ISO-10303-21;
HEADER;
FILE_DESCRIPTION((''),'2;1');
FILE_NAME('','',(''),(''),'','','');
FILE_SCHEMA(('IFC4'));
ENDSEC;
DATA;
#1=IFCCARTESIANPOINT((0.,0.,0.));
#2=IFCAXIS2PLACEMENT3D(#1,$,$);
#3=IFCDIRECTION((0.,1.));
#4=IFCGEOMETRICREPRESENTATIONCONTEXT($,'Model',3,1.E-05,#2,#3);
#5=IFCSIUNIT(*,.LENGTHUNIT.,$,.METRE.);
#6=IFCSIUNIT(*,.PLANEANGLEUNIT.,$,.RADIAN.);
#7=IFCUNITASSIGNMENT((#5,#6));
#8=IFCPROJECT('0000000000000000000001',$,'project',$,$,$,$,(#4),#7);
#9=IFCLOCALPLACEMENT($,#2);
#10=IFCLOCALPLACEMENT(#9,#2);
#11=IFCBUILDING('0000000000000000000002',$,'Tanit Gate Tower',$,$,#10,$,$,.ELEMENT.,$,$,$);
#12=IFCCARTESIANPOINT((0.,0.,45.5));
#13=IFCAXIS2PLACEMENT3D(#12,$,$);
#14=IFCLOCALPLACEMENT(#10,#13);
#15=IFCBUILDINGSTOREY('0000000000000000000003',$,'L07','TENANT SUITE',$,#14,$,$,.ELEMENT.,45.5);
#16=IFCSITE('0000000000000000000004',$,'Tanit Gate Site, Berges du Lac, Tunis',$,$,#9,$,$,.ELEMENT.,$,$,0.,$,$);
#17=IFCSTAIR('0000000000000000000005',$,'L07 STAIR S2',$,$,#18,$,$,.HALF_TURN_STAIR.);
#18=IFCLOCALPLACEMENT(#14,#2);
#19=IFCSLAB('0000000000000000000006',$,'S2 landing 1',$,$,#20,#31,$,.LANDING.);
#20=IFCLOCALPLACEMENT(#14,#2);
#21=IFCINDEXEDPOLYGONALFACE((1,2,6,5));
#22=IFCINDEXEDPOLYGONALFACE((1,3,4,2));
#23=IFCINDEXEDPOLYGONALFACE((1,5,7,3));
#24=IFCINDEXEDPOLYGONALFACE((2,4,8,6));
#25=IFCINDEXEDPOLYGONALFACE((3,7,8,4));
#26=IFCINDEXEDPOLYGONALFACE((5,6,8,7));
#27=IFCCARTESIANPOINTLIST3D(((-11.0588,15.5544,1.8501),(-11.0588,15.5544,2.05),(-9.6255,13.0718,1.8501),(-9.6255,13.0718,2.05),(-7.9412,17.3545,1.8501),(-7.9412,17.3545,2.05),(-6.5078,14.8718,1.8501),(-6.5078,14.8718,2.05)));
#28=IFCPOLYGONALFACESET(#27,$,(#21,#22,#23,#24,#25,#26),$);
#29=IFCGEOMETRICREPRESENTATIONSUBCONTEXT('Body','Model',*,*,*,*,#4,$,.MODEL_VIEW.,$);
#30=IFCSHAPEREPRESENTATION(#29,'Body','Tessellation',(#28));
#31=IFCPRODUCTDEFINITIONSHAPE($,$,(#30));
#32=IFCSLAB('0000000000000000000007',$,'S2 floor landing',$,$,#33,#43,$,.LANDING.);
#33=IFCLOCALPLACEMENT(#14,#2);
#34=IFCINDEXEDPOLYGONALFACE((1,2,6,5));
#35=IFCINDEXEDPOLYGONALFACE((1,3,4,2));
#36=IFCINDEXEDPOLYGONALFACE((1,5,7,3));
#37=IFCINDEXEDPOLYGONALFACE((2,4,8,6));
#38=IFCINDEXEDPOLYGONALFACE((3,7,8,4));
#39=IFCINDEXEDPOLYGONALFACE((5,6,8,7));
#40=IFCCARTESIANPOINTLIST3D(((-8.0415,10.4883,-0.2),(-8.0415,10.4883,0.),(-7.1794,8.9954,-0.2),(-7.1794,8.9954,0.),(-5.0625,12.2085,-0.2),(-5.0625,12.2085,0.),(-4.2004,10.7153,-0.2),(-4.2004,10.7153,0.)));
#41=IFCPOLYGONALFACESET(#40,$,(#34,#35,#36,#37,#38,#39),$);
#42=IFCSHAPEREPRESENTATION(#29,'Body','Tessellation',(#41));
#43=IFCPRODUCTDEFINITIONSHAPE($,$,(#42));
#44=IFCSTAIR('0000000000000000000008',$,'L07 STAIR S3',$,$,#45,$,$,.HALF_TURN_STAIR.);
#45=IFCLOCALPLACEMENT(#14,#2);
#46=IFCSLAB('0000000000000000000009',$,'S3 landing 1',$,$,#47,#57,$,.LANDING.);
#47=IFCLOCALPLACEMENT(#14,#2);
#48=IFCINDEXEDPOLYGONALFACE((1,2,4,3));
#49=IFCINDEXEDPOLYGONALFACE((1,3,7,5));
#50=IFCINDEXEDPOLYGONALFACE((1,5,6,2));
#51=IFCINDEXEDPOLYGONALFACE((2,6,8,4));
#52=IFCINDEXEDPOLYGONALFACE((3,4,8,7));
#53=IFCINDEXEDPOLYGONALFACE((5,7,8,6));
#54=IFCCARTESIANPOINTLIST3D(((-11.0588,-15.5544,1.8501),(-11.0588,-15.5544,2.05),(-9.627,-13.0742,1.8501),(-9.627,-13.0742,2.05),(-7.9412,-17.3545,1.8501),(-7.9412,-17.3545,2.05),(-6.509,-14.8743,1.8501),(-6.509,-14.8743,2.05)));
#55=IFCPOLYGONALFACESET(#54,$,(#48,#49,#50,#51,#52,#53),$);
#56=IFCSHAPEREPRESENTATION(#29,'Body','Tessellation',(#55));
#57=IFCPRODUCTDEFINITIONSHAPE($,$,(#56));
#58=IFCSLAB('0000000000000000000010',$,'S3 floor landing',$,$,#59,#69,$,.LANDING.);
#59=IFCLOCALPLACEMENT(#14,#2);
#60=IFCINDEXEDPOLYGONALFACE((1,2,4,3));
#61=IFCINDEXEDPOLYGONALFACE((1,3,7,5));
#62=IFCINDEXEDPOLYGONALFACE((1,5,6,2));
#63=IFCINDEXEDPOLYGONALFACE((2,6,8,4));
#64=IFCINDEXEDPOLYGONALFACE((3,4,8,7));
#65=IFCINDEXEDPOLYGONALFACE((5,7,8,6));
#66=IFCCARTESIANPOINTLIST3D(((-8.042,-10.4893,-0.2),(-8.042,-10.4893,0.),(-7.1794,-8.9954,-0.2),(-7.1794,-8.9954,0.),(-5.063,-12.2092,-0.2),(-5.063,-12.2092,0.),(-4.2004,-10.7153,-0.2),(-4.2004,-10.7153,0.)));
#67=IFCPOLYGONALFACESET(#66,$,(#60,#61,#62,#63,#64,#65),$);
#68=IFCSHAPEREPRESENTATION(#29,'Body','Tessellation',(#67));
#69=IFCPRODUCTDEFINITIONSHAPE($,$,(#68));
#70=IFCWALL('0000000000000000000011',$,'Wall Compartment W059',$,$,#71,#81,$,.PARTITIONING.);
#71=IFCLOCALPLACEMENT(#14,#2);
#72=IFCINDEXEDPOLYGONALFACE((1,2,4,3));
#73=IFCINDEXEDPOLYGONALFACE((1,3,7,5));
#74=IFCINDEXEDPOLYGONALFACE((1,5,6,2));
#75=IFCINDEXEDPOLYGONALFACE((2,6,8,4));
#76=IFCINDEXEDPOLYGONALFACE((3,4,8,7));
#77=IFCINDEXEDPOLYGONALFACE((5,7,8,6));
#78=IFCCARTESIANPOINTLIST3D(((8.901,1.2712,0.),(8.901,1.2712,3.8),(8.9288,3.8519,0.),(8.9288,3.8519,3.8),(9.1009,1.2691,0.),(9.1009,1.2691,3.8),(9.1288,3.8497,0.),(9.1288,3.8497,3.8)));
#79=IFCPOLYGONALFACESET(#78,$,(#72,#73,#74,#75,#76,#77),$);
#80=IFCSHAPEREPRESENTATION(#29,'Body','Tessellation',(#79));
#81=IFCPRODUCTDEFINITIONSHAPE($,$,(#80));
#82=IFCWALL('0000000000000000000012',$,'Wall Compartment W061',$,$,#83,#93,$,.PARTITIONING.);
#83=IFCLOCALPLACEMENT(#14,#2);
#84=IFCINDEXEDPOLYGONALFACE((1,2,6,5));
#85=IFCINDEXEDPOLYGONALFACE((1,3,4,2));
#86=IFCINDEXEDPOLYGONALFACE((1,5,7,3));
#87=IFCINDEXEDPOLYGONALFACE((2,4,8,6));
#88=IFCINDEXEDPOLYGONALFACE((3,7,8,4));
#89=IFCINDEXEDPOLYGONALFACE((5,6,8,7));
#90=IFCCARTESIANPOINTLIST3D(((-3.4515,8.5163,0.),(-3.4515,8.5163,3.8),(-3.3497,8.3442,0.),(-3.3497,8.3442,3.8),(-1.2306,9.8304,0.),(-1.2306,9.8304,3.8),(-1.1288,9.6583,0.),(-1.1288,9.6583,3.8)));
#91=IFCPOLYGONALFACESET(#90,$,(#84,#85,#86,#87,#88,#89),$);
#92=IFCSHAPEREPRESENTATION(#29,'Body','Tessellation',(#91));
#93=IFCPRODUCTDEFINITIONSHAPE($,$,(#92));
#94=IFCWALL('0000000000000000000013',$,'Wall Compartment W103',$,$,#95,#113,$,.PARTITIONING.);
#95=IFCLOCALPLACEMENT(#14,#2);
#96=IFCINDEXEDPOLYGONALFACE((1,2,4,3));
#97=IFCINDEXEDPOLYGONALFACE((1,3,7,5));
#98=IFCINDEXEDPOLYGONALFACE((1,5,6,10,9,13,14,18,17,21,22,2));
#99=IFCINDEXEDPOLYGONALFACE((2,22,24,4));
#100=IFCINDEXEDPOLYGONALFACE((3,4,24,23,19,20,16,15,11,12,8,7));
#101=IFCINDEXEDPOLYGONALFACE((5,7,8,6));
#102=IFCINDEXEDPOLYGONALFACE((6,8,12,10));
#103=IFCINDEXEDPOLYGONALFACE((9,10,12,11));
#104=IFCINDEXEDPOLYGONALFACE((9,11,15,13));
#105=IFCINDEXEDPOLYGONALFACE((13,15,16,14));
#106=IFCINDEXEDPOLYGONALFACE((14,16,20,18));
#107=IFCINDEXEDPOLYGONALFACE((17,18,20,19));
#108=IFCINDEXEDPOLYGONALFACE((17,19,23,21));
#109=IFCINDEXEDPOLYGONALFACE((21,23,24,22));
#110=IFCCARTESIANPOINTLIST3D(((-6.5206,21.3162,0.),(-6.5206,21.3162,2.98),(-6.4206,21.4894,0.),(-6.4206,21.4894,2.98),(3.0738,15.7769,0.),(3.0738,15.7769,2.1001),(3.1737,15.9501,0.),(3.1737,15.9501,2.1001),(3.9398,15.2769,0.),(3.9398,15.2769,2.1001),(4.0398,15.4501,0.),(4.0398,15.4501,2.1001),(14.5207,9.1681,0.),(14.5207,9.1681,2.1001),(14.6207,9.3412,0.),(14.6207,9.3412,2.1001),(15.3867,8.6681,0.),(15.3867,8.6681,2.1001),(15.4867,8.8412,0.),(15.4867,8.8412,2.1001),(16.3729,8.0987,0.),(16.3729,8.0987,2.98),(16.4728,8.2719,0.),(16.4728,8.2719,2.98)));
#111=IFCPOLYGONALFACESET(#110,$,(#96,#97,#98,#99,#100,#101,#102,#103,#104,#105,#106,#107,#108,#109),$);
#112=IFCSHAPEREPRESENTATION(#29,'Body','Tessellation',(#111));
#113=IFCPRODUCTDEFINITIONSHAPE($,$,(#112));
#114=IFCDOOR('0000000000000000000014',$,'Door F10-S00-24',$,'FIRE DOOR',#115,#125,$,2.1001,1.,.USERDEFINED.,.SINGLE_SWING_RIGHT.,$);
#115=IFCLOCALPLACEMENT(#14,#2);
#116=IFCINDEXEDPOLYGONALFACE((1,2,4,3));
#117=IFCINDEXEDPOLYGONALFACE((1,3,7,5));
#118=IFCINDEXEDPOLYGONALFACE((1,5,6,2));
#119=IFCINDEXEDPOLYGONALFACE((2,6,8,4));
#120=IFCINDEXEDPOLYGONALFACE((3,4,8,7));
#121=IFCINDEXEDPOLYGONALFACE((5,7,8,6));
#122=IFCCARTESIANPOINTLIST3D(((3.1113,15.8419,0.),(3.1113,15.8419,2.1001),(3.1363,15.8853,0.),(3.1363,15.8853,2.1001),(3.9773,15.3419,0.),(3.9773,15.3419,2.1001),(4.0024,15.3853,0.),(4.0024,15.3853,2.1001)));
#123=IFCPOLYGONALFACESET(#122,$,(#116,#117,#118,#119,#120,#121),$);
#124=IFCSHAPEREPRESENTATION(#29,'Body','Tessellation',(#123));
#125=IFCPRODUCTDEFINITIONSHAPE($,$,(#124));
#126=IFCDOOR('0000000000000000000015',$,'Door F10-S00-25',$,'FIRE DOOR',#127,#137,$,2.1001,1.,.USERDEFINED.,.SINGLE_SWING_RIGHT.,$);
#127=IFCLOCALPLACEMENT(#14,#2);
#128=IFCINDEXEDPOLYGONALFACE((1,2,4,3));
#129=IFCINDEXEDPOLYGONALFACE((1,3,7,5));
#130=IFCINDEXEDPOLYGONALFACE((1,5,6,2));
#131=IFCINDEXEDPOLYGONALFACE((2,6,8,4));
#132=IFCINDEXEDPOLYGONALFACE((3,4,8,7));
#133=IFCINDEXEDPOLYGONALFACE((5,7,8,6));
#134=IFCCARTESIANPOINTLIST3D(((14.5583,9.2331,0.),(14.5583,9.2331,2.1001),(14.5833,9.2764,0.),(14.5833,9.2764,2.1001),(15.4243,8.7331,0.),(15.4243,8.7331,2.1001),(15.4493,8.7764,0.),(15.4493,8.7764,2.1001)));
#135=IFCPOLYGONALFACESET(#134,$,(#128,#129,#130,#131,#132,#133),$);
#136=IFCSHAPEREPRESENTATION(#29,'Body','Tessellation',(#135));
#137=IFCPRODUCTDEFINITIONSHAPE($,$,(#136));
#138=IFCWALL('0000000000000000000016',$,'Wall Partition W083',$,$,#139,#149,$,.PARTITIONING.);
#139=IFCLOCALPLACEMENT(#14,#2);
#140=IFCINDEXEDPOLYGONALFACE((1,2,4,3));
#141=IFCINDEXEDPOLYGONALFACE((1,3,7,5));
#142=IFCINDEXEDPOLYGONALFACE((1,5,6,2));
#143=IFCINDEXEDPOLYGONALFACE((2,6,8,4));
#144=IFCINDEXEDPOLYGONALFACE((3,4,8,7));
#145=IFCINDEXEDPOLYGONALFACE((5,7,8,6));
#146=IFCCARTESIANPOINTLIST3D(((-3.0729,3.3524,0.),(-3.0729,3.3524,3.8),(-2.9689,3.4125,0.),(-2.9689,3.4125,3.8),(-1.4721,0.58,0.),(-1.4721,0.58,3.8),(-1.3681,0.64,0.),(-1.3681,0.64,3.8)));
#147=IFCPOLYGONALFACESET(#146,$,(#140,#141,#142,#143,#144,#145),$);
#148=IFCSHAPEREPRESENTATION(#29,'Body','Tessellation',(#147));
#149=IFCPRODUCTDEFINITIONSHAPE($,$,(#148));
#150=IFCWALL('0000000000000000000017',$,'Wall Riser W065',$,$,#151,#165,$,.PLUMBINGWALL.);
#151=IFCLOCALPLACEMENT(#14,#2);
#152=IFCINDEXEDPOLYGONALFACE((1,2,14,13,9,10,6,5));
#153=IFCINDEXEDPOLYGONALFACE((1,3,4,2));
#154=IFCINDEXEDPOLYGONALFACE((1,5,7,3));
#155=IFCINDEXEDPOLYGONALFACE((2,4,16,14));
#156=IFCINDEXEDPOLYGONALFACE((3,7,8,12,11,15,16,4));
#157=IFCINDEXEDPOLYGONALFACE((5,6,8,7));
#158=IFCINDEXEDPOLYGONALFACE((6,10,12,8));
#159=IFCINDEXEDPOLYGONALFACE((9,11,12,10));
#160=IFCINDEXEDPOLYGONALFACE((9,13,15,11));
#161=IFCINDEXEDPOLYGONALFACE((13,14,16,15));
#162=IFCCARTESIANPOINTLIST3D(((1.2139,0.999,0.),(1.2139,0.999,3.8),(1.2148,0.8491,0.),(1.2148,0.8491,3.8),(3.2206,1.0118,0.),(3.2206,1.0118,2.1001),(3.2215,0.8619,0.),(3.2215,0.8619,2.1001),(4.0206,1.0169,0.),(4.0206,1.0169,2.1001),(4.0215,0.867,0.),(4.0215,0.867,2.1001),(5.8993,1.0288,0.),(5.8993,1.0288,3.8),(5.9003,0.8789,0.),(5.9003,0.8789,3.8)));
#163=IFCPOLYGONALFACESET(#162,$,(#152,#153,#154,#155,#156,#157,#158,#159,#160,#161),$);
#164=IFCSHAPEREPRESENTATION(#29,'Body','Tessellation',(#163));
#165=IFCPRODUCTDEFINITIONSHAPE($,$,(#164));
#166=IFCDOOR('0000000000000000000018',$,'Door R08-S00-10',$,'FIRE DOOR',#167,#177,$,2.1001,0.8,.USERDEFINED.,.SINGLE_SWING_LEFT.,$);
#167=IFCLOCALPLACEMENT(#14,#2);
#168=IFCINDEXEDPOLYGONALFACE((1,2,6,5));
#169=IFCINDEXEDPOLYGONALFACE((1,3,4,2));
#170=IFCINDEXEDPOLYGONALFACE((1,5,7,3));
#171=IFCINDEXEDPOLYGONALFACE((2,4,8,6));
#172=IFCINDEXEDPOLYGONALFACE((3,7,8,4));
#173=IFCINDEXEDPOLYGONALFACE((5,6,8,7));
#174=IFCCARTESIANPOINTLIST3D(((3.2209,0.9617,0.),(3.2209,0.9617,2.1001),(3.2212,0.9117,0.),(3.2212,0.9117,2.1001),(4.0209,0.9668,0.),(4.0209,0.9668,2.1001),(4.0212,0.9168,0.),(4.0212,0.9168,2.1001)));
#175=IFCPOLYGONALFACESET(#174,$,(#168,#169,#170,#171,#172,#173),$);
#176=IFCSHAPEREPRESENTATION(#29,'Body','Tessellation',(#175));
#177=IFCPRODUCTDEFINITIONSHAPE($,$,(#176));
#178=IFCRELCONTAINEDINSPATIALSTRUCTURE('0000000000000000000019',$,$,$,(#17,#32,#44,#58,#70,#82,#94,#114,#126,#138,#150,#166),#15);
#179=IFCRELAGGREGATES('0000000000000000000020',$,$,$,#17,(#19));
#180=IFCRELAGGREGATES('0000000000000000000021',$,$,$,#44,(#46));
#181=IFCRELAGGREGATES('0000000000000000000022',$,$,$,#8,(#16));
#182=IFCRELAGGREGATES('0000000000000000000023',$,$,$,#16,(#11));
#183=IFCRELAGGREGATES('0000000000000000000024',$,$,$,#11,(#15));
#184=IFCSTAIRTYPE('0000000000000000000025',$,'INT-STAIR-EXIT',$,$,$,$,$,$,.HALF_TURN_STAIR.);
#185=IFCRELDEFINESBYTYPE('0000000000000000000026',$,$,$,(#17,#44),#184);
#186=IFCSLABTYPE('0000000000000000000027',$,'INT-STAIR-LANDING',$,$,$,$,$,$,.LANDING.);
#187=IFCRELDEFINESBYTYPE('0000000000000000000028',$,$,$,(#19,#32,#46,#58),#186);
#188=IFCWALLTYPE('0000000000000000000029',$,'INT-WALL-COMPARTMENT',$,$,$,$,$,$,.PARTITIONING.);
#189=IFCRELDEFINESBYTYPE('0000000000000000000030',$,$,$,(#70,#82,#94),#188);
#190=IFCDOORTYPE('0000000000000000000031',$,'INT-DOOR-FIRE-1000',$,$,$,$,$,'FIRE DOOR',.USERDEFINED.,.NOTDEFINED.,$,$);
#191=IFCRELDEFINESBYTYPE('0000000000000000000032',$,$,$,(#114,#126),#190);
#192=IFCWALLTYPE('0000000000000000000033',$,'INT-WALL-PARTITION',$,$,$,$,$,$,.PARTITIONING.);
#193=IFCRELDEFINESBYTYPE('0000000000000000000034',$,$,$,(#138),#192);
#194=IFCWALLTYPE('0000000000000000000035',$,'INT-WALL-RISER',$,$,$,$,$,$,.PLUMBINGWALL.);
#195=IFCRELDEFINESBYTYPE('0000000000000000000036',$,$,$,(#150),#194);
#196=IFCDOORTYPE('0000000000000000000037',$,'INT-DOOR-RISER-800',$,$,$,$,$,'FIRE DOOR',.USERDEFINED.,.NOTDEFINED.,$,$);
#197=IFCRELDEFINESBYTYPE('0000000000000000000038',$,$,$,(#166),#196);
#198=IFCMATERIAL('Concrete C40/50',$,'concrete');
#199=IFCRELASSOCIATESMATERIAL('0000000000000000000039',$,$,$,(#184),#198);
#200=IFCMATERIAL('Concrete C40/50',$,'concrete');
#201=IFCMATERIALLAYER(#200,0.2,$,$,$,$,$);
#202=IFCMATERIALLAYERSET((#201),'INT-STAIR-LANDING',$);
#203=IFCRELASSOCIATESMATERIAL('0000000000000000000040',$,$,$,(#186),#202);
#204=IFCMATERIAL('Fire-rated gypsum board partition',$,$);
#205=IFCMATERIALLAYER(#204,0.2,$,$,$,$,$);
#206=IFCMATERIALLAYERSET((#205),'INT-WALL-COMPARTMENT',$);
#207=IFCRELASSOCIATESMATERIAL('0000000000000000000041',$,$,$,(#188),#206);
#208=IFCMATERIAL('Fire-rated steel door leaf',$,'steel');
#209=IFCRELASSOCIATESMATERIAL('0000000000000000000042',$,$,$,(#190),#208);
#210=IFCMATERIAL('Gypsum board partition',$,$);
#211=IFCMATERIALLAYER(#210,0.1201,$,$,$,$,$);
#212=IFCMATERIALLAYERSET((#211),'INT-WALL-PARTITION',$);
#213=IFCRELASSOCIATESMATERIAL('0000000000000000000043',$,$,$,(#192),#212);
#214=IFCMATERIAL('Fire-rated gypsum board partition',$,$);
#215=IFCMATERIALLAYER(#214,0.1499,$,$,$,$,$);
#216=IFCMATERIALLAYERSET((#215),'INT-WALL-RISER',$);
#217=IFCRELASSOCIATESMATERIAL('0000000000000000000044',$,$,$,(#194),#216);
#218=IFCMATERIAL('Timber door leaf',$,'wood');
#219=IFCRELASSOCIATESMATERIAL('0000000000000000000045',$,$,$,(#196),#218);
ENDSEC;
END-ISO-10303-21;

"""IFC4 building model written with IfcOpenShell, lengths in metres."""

from ifc_helpers import new_model, si_unit, direction, frame, frame_2d, origin, place, context, subcontext, project, spatial, polyline, rectangle, outline, extrude, material, layer, layer_set, type_object, element, fill, aggregate, save


model = new_model("IFC4")

# Units and contexts
model_context = context("Model", 3, precision=1e-05, world=origin(), true_north=direction((0.0, 1.0)))
body_context = subcontext(model_context, "Body", "Model", "MODEL_VIEW")
ifc_project = project(units=[si_unit("LENGTHUNIT", "METRE"), si_unit("PLANEANGLEUNIT", "RADIAN")], contexts=[model_context])

# Site, building, storey
site_placement = place(None, origin())
site = spatial("IfcSite", under=ifc_project, at=site_placement, Name="Tanit Gate Site, Berges du Lac, Tunis", CompositionType="ELEMENT", RefElevation=0.0)
building_placement = place(site_placement, origin())
building = spatial("IfcBuilding", under=site, at=building_placement, Name="Tanit Gate Tower", CompositionType="ELEMENT")
storey_placement = place(building_placement, frame((0.0, 0.0, 45.5)))
storey = spatial("IfcBuildingStorey", under=building, at=storey_placement, Name="L07", Description="TENANT SUITE", CompositionType="ELEMENT", Elevation=45.5)

# Stair, slab
ifc_material_1 = material(Name="Concrete C40/50", Category="concrete")
stair_type = type_object("IfcStairType", Name="INT-STAIR-EXIT", PredefinedType="HALF_TURN_STAIR", material=ifc_material_1)
stair_1_placement = place(storey_placement, origin())
stair_1 = element("IfcStair", 1, at=stair_1_placement, inside=storey, type_object=stair_type, Name="L07 STAIR S2", PredefinedType="HALF_TURN_STAIR")
ifc_material_2 = material(Name="Concrete C40/50", Category="concrete")
ifc_layer_1 = layer(ifc_material_2, 0.2)
ifc_layer_set_1 = layer_set([ifc_layer_1], Name="INT-STAIR-LANDING")
slab_type = type_object("IfcSlabType", Name="INT-STAIR-LANDING", PredefinedType="LANDING", material=ifc_layer_set_1)
slab_1_placement = place(storey_placement, frame((0.0, 0.0, 1.8501)))
slab_1 = element("IfcSlab", 2, at=slab_1_placement, type_object=slab_type, Name="S2 landing 1", PredefinedType="LANDING", context=body_context, shape_type="SweptSolid", body=[
    extrude(outline(polyline([(-6.5078, 14.8718), (-7.9412, 17.3545), (-11.0588, 15.5544), (-9.6255, 13.0718), (-6.5078, 14.8718)])), origin(), (0.0, 0.0, 1.0), 0.2),
])
aggregate(stair_1, [slab_1])

# Slab
slab_2_placement = place(storey_placement, frame((0.0, 0.0, -0.2)))
element("IfcSlab", 3, at=slab_2_placement, inside=storey, type_object=slab_type, Name="S2 floor landing", PredefinedType="LANDING", context=body_context, shape_type="SweptSolid", body=[
    extrude(outline(polyline([(-4.2004, 10.7153), (-5.0625, 12.2085), (-8.0415, 10.4883), (-7.1794, 8.9954), (-4.2004, 10.7153)])), origin(), (0.0, 0.0, 1.0), 0.2),
])

# Stair, slab
stair_2_placement = place(storey_placement, origin())
stair_2 = element("IfcStair", 4, at=stair_2_placement, inside=storey, type_object=stair_type, Name="L07 STAIR S3", PredefinedType="HALF_TURN_STAIR")
slab_3_placement = place(storey_placement, frame((0.0, 0.0, 1.8501)))
slab_3 = element("IfcSlab", 5, at=slab_3_placement, type_object=slab_type, Name="S3 landing 1", PredefinedType="LANDING", context=body_context, shape_type="SweptSolid", body=[
    extrude(outline(polyline([(-9.627, -13.0742), (-11.0588, -15.5544), (-7.9412, -17.3545), (-6.509, -14.8743), (-9.627, -13.0742)])), origin(), (0.0, 0.0, 1.0), 0.2),
])
aggregate(stair_2, [slab_3])

# Slab
slab_4_placement = place(storey_placement, frame((0.0, 0.0, -0.2)))
element("IfcSlab", 6, at=slab_4_placement, inside=storey, type_object=slab_type, Name="S3 floor landing", PredefinedType="LANDING", context=body_context, shape_type="SweptSolid", body=[
    extrude(outline(polyline([(-7.1794, -8.9954), (-8.042, -10.4893), (-5.063, -12.2092), (-4.2004, -10.7153), (-7.1794, -8.9954)])), origin(), (0.0, 0.0, 1.0), 0.2),
])

# Walls
ifc_material_3 = material(Name="Fire-rated gypsum board partition")
ifc_layer_2 = layer(ifc_material_3, 0.2)
ifc_layer_set_2 = layer_set([ifc_layer_2], Name="INT-WALL-COMPARTMENT")
wall_type_1 = type_object("IfcWallType", Name="INT-WALL-COMPARTMENT", PredefinedType="PARTITIONING", material=ifc_layer_set_2)
wall_1_placement = place(storey_placement, frame((9.001, 1.27, 0.0), z_axis=(0.0, 0.0, 1.0), x_axis=(0.010785, 0.999942, 0.0)))
element("IfcWall", 7, at=wall_1_placement, inside=storey, type_object=wall_type_1, Name="Wall Compartment W059", PredefinedType="PARTITIONING", context=body_context, shape_type="SweptSolid", body=[
    extrude(rectangle(XDim=2.5808, YDim=0.2, at=frame_2d((1.2905, 0.0))), origin(), (0.0, 0.0, 1.0), 3.8),
])
wall_2_placement = place(storey_placement, frame((-1.1797, 9.7444, 0.0), z_axis=(0.0, 0.0, 1.0), x_axis=(-0.860616, -0.509255, 0.0)))
element("IfcWall", 8, at=wall_2_placement, inside=storey, type_object=wall_type_1, Name="Wall Compartment W061", PredefinedType="PARTITIONING", context=body_context, shape_type="SweptSolid", body=[
    extrude(rectangle(XDim=2.5806, YDim=0.2, at=frame_2d((1.2903, 0.0))), origin(), (0.0, 0.0, 1.0), 3.8),
])

# Wall, openings, doors
wall_3_placement = place(storey_placement, frame((16.4229, 8.1853, 0.0), z_axis=(0.0, 0.0, 1.0), x_axis=(-0.866027, 0.499998, 0.0)))
wall_3 = element("IfcWall", 9, at=wall_3_placement, inside=storey, type_object=wall_type_1, Name="Wall Compartment W103", PredefinedType="PARTITIONING", context=body_context, shape_type="SweptSolid", body=[
    extrude(rectangle(XDim=26.4351, YDim=0.2, at=frame_2d((13.2175, 0.0))), origin(), (0.0, 0.0, 1.0), 2.98),
])
opening_1_placement = place(wall_3_placement, frame((14.3564, 0.0, 0.0)))
opening_1 = element("IfcOpeningElement", 10, at=opening_1_placement, cuts=wall_3, PredefinedType="OPENING", context=body_context, shape_type="SweptSolid", body=[
    extrude(rectangle(XDim=1.0, YDim=2.1001, at=frame_2d((0.5, 1.05))), frame((0.0, 0.1099, 0.0), z_axis=(0.0, -1.0, 0.0), x_axis=(1.0, 0.0, 0.0)), (0.0, 0.0, 1.0), 0.22),
])
opening_2_placement = place(wall_3_placement, frame((1.1387, 0.0, 0.0)))
opening_2 = element("IfcOpeningElement", 11, at=opening_2_placement, cuts=wall_3, PredefinedType="OPENING", context=body_context, shape_type="SweptSolid", body=[
    extrude(rectangle(XDim=1.0, YDim=2.1001, at=frame_2d((0.5, 1.05))), frame((0.0, 0.1099, 0.0), z_axis=(0.0, -1.0, 0.0), x_axis=(1.0, 0.0, 0.0)), (0.0, 0.0, 1.0), 0.22),
])
ifc_material_4 = material(Name="Fire-rated steel door leaf", Category="steel")
door_type_1 = type_object("IfcDoorType", Name="INT-DOOR-FIRE-1000", ElementType="FIRE DOOR", OperationType="NOTDEFINED", PredefinedType="USERDEFINED", material=ifc_material_4)
door_1_placement = place(opening_1_placement, origin())
door_1 = element("IfcDoor", 12, at=door_1_placement, inside=storey, type_object=door_type_1, Name="Door F10-S00-24", ObjectType="FIRE DOOR", OperationType="SINGLE_SWING_RIGHT", OverallHeight=2.1001, OverallWidth=1.0, PredefinedType="USERDEFINED", context=body_context, shape_type="SweptSolid", body=[
    extrude(rectangle(XDim=1.0, YDim=2.1001, at=frame_2d((0.5, 1.05))), frame((0.0, 0.0249, 0.0), z_axis=(0.0, -1.0, 0.0), x_axis=(1.0, 0.0, 0.0)), (0.0, 0.0, 1.0), 0.05),
])
fill(opening_1, door_1)
door_2_placement = place(opening_2_placement, origin())
door_2 = element("IfcDoor", 13, at=door_2_placement, inside=storey, type_object=door_type_1, Name="Door F10-S00-25", ObjectType="FIRE DOOR", OperationType="SINGLE_SWING_RIGHT", OverallHeight=2.1001, OverallWidth=1.0, PredefinedType="USERDEFINED", context=body_context, shape_type="SweptSolid", body=[
    extrude(rectangle(XDim=1.0, YDim=2.1001, at=frame_2d((0.5, 1.05))), frame((0.0, 0.0249, 0.0), z_axis=(0.0, -1.0, 0.0), x_axis=(1.0, 0.0, 0.0)), (0.0, 0.0, 1.0), 0.05),
])
fill(opening_2, door_2)

# Wall
ifc_material_5 = material(Name="Gypsum board partition")
ifc_layer_3 = layer(ifc_material_5, 0.1201)
ifc_layer_set_3 = layer_set([ifc_layer_3], Name="INT-WALL-PARTITION")
wall_type_2 = type_object("IfcWallType", Name="INT-WALL-PARTITION", PredefinedType="PARTITIONING", material=ifc_layer_set_3)
wall_4_placement = place(storey_placement, frame((-1.4202, 0.6101, 0.0), z_axis=(0.0, 0.0, 1.0), x_axis=(-0.500035, 0.866005, 0.0)))
element("IfcWall", 14, at=wall_4_placement, inside=storey, type_object=wall_type_2, Name="Wall Partition W083", PredefinedType="PARTITIONING", context=body_context, shape_type="SweptSolid", body=[
    extrude(rectangle(XDim=3.2014, YDim=0.1201, at=frame_2d((1.6006, 0.0))), origin(), (0.0, 0.0, 1.0), 3.8),
])

# Wall, opening, door
ifc_material_6 = material(Name="Fire-rated gypsum board partition")
ifc_layer_4 = layer(ifc_material_6, 0.1499)
ifc_layer_set_4 = layer_set([ifc_layer_4], Name="INT-WALL-RISER")
wall_type_3 = type_object("IfcWallType", Name="INT-WALL-RISER", PredefinedType="PLUMBINGWALL", material=ifc_layer_set_4)
wall_5_placement = place(storey_placement, frame((1.2144, 0.9241, 0.0), z_axis=(0.0, 0.0, 1.0), x_axis=(0.99998, 0.006357, 0.0)))
wall_5 = element("IfcWall", 15, at=wall_5_placement, inside=storey, type_object=wall_type_3, Name="Wall Riser W065", PredefinedType="PLUMBINGWALL", context=body_context, shape_type="SweptSolid", body=[
    extrude(rectangle(XDim=4.6855, YDim=0.1499, at=frame_2d((2.3428, 0.0))), origin(), (0.0, 0.0, 1.0), 3.8),
])
opening_3_placement = place(wall_5_placement, frame((2.0068, 0.0, 0.0)))
opening_3 = element("IfcOpeningElement", 16, at=opening_3_placement, cuts=wall_5, PredefinedType="OPENING", context=body_context, shape_type="SweptSolid", body=[
    extrude(rectangle(XDim=0.8, YDim=2.1001, at=frame_2d((0.3999, 1.05))), frame((0.0, 0.085, 0.0), z_axis=(0.0, -1.0, 0.0), x_axis=(1.0, 0.0, 0.0)), (0.0, 0.0, 1.0), 0.1699),
])
ifc_material_7 = material(Name="Timber door leaf", Category="wood")
door_type_2 = type_object("IfcDoorType", Name="INT-DOOR-RISER-800", ElementType="FIRE DOOR", OperationType="NOTDEFINED", PredefinedType="USERDEFINED", material=ifc_material_7)
door_3_placement = place(opening_3_placement, origin())
door_3 = element("IfcDoor", 17, at=door_3_placement, inside=storey, type_object=door_type_2, Name="Door R08-S00-10", ObjectType="FIRE DOOR", OperationType="SINGLE_SWING_LEFT", OverallHeight=2.1001, OverallWidth=0.8, PredefinedType="USERDEFINED", context=body_context, shape_type="SweptSolid", body=[
    extrude(rectangle(XDim=0.8, YDim=2.1001, at=frame_2d((0.3999, 1.05))), frame((0.0, 0.0249, 0.0), z_axis=(0.0, -1.0, 0.0), x_axis=(1.0, 0.0, 0.0)), (0.0, 0.0, 1.0), 0.05),
])
fill(opening_3, door_3)

save(model, "model.ifc")
